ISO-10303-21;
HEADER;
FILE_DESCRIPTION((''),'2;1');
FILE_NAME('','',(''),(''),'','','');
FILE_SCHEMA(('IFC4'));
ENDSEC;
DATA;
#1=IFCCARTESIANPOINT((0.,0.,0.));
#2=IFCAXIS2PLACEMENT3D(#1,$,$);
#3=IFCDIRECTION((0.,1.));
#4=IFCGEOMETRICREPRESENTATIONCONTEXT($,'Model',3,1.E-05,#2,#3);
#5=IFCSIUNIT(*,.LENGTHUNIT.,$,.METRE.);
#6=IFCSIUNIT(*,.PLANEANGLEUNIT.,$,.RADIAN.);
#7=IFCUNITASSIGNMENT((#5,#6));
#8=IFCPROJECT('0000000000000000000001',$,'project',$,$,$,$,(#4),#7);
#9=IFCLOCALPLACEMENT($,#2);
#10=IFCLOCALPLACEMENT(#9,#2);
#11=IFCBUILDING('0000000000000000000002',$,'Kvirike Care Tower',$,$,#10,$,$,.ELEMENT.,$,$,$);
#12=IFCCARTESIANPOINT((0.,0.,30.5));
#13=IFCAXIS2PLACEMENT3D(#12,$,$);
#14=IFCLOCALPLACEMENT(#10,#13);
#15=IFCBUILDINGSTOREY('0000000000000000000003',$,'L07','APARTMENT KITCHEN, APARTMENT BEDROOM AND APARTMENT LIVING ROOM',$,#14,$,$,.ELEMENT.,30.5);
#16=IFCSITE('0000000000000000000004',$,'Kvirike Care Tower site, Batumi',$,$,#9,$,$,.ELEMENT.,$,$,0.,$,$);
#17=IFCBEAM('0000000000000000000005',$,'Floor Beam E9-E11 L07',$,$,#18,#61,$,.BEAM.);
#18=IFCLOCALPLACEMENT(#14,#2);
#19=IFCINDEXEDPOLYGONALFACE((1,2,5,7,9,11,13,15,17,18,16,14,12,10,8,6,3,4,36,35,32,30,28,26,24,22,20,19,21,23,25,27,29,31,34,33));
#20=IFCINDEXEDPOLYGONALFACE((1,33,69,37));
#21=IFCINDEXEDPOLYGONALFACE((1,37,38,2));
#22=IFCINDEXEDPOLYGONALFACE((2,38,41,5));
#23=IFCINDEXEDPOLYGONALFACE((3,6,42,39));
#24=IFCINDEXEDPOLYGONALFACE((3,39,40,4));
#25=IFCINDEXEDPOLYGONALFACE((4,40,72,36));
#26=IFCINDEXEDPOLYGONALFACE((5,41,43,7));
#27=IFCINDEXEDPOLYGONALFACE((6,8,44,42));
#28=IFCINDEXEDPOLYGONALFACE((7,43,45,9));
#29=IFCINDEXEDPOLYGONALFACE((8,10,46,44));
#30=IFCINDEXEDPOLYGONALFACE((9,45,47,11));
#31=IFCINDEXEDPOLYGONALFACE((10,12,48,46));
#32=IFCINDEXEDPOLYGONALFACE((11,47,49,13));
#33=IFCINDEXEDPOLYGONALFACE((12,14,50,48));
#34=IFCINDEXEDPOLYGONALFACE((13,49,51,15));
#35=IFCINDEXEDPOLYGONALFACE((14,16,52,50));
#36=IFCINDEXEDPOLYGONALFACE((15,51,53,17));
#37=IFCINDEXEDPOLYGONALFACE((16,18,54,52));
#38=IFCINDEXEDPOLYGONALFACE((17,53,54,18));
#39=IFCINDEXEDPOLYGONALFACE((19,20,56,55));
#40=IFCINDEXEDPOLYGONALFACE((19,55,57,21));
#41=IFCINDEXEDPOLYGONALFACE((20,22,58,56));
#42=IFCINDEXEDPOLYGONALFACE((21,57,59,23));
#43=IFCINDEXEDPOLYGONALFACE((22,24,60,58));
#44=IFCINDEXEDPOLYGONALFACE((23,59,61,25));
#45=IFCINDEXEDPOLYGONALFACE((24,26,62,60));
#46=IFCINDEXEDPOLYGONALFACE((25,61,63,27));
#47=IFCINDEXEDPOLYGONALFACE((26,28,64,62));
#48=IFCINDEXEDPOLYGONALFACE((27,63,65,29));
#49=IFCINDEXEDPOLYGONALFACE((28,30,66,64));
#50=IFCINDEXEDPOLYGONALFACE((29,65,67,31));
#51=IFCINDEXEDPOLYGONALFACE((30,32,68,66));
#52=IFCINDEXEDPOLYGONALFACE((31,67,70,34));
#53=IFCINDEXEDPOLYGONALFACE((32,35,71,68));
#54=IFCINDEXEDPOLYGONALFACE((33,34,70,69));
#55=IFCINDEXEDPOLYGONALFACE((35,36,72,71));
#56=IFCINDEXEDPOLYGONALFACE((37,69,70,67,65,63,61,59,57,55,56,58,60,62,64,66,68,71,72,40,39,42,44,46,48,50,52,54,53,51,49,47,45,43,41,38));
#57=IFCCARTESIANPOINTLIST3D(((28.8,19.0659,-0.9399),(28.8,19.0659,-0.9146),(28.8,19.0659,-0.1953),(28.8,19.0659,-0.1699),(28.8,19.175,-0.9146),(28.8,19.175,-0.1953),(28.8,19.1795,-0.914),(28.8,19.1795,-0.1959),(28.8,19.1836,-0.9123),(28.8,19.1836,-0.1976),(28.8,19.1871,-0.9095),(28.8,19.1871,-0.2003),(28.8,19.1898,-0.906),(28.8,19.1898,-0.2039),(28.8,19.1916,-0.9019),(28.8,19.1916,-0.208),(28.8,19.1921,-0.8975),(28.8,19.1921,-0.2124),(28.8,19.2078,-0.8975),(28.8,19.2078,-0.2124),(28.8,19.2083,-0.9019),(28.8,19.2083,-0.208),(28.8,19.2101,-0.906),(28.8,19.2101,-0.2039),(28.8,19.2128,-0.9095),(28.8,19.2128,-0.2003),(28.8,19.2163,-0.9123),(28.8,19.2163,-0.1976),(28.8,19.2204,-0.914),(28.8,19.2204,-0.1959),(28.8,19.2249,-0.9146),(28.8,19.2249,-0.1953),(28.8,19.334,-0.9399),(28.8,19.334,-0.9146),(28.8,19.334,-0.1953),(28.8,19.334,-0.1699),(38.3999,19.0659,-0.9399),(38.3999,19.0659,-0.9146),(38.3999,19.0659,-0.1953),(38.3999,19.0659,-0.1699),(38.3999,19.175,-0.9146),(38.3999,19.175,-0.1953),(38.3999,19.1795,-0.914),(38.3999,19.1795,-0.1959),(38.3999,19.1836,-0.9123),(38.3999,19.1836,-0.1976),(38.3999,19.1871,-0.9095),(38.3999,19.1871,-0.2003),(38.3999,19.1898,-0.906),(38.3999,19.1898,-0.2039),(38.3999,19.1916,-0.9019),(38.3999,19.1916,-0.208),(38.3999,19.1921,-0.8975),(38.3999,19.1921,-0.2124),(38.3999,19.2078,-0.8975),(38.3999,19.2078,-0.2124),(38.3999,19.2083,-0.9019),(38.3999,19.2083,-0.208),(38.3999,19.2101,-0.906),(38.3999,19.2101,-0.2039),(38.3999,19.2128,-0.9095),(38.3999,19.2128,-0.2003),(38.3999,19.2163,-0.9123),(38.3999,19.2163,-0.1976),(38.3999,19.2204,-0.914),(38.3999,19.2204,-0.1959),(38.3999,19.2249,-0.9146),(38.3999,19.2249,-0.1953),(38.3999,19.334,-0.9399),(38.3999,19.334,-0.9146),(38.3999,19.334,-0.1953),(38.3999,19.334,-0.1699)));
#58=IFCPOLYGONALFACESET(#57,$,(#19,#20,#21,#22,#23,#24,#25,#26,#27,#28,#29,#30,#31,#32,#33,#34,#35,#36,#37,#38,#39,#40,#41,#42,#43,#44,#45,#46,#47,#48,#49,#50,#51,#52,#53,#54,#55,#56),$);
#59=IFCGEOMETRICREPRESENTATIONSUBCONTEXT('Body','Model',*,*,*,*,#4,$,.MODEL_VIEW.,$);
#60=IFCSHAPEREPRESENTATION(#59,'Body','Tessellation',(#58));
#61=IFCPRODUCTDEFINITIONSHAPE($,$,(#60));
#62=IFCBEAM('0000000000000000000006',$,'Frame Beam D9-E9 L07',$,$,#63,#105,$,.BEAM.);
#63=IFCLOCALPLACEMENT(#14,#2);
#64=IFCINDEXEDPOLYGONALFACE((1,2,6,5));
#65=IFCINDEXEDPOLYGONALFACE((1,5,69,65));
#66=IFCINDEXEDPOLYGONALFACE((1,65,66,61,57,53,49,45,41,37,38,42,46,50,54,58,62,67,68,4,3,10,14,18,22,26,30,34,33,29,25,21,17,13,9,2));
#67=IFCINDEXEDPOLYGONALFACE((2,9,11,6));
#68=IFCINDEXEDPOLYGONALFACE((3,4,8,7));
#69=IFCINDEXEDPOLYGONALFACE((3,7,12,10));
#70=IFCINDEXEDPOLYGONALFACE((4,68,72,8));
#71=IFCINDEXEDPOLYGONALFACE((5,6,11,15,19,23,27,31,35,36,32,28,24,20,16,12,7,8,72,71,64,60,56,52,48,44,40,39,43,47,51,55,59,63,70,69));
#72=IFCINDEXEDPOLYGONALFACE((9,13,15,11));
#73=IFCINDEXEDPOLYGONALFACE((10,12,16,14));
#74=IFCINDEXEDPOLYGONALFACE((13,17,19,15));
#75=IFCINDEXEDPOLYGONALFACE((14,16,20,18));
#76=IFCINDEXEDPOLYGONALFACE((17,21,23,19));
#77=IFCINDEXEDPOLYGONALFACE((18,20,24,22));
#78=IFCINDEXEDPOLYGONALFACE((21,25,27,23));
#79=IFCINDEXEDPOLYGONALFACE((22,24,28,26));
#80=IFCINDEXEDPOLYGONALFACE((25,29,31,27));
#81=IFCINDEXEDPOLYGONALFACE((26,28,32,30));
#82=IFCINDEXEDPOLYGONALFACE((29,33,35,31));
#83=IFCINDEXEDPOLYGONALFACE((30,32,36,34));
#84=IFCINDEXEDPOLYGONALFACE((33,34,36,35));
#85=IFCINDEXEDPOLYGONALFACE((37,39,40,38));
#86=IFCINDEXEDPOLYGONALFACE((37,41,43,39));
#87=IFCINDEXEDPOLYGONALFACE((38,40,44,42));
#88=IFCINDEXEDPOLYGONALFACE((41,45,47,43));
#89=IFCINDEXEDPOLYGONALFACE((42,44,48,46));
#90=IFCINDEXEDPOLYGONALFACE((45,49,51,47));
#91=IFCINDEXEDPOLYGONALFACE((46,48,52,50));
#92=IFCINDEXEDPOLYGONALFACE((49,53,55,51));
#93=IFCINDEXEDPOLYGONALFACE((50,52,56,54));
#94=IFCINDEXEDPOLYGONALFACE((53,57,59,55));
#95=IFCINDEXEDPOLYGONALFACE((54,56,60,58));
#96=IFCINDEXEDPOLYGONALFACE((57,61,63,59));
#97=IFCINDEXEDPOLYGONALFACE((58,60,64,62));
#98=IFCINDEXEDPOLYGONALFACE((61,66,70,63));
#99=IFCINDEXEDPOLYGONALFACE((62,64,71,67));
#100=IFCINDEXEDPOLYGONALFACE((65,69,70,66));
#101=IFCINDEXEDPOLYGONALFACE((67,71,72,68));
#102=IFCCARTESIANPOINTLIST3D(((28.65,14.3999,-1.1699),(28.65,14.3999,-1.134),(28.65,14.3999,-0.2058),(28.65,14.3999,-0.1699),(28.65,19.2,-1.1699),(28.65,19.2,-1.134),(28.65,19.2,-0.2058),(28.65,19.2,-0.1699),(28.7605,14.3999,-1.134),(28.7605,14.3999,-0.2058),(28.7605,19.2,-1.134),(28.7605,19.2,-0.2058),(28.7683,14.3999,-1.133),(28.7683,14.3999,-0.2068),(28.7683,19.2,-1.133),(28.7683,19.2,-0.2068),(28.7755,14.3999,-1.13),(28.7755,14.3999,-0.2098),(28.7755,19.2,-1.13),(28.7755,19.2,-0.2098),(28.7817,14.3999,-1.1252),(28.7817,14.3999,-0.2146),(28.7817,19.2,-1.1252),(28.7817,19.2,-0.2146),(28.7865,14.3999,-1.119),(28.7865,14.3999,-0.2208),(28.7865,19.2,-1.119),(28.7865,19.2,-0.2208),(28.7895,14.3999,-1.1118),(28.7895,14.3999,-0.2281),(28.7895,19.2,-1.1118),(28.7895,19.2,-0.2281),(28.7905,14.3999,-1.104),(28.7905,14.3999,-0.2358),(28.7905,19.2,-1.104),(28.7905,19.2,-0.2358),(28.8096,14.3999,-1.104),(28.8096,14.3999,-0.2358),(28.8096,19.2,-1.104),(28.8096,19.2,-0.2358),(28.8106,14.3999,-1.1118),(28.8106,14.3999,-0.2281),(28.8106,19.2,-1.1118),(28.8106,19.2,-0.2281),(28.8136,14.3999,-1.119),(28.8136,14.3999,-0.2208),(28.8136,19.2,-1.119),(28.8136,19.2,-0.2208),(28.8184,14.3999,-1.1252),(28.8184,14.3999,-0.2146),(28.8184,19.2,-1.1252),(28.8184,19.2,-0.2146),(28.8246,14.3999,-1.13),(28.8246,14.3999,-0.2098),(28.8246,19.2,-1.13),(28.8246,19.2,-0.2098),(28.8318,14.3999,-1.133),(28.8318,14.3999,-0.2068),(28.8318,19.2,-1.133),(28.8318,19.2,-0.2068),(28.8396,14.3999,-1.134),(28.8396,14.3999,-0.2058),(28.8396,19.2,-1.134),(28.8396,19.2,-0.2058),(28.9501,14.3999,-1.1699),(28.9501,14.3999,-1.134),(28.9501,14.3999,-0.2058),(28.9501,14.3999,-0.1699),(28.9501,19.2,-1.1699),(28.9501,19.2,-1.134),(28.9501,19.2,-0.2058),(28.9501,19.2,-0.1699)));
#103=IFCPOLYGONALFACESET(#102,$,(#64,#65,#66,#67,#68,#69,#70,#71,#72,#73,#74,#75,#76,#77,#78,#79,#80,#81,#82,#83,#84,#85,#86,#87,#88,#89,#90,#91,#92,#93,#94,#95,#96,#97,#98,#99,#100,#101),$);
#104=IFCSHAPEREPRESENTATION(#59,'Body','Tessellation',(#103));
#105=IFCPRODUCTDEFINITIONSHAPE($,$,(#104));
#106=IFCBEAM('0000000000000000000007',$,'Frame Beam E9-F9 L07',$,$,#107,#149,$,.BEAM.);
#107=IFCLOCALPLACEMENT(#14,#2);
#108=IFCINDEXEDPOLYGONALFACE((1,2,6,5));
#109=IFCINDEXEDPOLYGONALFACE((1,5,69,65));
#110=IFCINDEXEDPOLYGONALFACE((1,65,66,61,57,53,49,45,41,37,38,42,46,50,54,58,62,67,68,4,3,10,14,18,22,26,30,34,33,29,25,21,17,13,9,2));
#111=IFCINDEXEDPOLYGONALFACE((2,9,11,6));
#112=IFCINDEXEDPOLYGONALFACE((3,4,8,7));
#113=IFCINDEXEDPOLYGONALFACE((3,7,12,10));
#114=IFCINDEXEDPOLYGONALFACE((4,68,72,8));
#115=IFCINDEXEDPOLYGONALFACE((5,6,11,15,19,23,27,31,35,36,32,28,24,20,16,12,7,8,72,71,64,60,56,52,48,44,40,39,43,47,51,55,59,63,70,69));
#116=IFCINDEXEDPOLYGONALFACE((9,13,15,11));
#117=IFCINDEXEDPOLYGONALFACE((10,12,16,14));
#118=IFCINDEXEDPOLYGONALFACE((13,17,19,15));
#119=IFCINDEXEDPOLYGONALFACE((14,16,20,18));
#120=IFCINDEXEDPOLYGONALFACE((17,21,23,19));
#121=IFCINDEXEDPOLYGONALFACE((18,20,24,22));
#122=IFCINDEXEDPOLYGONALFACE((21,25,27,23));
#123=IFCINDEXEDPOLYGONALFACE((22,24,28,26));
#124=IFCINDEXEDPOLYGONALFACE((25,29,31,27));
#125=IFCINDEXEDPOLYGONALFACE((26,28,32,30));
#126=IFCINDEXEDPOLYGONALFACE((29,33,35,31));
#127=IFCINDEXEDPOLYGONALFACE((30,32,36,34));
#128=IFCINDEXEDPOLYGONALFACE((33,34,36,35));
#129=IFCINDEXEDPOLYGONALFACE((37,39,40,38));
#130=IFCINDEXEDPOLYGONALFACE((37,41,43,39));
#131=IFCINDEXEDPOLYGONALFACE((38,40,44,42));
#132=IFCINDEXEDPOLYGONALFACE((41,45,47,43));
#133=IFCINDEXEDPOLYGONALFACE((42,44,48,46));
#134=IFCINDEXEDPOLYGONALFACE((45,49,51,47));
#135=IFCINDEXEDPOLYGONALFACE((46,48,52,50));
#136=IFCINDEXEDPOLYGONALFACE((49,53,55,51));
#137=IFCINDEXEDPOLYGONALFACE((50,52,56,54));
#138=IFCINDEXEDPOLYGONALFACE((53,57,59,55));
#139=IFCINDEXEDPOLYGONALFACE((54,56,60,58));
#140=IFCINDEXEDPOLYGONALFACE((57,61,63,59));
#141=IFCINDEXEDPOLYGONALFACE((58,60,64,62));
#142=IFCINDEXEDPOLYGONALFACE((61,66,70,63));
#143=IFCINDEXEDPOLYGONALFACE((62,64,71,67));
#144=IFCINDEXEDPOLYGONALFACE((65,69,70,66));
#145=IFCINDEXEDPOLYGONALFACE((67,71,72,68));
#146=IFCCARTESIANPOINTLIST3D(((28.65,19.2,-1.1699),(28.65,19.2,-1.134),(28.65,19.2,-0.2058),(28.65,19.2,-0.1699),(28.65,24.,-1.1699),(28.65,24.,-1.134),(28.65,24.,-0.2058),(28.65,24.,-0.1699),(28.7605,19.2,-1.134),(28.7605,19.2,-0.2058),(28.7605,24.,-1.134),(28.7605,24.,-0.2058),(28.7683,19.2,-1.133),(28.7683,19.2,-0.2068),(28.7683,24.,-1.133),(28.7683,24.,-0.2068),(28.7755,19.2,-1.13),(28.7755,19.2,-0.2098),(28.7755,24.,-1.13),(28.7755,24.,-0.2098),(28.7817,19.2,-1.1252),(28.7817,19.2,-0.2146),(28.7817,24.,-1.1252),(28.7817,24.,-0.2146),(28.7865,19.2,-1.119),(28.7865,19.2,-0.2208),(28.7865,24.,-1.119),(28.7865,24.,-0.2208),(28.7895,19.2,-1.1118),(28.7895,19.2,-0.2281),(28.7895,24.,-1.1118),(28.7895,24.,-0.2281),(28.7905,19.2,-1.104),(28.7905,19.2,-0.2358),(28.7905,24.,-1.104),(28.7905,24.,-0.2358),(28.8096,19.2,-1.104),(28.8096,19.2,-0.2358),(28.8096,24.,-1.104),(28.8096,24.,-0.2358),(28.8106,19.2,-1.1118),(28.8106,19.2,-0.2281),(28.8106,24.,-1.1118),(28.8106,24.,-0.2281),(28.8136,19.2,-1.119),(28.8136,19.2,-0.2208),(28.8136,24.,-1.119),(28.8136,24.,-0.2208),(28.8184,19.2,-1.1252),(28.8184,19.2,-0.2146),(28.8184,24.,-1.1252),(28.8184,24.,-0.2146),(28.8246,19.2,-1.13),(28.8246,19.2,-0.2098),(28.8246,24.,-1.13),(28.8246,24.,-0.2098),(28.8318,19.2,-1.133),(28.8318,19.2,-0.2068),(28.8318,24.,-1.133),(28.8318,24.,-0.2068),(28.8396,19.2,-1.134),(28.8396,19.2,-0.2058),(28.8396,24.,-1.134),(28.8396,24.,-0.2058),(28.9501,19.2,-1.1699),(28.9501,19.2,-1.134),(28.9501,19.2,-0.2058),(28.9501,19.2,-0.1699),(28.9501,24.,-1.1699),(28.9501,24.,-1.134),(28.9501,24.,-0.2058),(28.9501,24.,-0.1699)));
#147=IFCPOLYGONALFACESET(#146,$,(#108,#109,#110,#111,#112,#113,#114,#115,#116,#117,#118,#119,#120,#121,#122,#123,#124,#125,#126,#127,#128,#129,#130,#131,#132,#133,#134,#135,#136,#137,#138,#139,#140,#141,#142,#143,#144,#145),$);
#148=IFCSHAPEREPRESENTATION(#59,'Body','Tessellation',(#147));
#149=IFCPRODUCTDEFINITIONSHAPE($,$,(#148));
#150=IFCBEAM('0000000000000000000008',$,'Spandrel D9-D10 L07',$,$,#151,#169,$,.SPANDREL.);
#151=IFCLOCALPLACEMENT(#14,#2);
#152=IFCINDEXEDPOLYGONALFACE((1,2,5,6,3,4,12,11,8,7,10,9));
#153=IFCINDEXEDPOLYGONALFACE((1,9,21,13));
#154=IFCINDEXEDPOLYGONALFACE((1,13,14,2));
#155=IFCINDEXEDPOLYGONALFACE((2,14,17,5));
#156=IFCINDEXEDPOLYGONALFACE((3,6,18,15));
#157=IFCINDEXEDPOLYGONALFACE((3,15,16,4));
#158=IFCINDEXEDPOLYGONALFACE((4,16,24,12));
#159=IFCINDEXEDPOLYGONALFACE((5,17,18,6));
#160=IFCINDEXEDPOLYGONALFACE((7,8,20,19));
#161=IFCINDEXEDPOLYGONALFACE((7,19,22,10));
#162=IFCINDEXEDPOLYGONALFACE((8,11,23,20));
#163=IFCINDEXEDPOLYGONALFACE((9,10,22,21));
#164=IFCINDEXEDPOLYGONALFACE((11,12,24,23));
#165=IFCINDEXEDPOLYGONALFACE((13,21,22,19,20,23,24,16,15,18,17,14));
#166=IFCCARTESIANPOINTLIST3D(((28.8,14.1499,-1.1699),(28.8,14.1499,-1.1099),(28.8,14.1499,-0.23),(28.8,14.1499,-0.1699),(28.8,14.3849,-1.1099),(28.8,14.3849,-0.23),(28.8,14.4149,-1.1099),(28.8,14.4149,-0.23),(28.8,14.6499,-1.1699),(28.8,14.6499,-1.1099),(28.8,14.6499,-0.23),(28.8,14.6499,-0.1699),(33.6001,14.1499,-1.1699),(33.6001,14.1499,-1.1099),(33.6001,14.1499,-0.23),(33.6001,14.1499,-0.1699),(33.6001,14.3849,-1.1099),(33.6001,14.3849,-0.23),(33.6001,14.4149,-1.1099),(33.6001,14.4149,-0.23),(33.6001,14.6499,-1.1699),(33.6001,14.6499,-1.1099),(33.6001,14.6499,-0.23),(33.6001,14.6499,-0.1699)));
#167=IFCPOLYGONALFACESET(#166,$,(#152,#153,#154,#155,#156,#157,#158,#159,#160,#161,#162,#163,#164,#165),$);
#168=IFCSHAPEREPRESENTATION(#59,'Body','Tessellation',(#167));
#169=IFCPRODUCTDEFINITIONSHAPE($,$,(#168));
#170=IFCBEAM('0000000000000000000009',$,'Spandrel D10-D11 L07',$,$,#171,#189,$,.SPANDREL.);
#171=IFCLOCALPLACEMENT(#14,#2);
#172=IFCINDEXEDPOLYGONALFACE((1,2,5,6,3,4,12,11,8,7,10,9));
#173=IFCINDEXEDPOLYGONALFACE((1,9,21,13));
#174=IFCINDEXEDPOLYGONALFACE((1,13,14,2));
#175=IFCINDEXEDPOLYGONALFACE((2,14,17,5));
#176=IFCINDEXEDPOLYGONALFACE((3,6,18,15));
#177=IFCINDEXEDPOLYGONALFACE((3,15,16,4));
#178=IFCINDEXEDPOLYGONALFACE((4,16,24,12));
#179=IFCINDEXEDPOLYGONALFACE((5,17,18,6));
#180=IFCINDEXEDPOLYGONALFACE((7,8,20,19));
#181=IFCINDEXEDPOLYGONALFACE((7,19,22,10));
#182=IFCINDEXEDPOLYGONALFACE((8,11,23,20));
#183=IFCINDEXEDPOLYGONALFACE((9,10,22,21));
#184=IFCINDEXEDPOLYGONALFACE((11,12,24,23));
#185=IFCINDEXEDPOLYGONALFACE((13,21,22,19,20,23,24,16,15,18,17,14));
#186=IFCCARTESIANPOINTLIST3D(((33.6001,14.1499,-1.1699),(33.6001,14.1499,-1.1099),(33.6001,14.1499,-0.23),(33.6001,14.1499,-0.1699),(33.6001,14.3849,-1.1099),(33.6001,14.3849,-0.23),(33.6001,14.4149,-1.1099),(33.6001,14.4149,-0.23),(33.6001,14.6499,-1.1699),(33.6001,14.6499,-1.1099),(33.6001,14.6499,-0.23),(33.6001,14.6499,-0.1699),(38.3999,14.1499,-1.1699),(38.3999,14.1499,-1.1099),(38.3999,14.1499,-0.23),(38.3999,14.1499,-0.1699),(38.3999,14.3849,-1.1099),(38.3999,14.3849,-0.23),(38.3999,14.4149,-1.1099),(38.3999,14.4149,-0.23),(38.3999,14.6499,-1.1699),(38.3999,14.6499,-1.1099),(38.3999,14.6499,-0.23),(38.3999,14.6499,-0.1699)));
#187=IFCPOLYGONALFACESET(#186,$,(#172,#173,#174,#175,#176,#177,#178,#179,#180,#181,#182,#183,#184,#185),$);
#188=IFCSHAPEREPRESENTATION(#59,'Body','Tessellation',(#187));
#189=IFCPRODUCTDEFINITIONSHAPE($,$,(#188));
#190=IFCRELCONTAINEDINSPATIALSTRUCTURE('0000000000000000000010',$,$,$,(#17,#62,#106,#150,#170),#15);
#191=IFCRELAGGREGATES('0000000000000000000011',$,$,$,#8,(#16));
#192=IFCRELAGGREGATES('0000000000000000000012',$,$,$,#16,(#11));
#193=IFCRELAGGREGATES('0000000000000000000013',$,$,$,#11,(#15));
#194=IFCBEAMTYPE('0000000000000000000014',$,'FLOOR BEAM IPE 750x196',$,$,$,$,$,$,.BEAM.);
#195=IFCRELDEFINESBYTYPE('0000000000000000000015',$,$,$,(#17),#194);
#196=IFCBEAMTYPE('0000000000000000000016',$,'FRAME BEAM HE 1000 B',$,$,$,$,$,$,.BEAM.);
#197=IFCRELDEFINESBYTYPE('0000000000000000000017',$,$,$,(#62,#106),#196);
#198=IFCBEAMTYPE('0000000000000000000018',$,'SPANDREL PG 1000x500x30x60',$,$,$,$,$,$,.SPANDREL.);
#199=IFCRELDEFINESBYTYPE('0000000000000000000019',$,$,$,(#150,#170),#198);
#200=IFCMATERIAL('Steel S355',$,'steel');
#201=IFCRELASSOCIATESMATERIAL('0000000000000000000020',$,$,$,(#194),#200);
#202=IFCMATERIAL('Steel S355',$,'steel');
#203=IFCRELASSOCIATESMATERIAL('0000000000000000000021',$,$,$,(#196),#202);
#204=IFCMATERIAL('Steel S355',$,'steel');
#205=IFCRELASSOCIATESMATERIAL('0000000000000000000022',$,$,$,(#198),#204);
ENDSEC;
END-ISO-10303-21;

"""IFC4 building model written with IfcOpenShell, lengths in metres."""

from ifc_helpers import new_model, si_unit, direction, frame, origin, origin_2d, place, context, subcontext, project, spatial, i_section, extrude, material, material_profile, profile_set, type_object, element, save


model = new_model("IFC4")

# Units and contexts
model_context = context("Model", 3, precision=1e-05, world=origin(), true_north=direction((0.0, 1.0)))
body_context = subcontext(model_context, "Body", "Model", "MODEL_VIEW")
ifc_project = project(units=[si_unit("LENGTHUNIT", "METRE"), si_unit("PLANEANGLEUNIT", "RADIAN")], contexts=[model_context])

# Site, building, storey
site_placement = place(None, origin())
site = spatial("IfcSite", under=ifc_project, at=site_placement, Name="Kvirike Care Tower site, Batumi", CompositionType="ELEMENT", RefElevation=0.0)
building_placement = place(site_placement, origin())
building = spatial("IfcBuilding", under=site, at=building_placement, Name="Kvirike Care Tower", CompositionType="ELEMENT")
storey_placement = place(building_placement, frame((0.0, 0.0, 30.5)))
storey = spatial("IfcBuildingStorey", under=building, at=storey_placement, Name="L07", Description="APARTMENT KITCHEN, APARTMENT BEDROOM AND APARTMENT LIVING ROOM", CompositionType="ELEMENT", Elevation=30.5)

# Beams
ifc_material_1 = material(Name="Steel S355", Category="steel")
ifc_material_profile_1 = material_profile(ifc_material_1, i_section(OverallWidth=0.2681, OverallDepth=0.77, WebThickness=0.0156, FlangeThickness=0.0254, FilletRadius=0.0171, at=origin_2d()), Name="IPE 750x196")
ifc_profile_set_1 = profile_set([ifc_material_profile_1], Name="Steel S355")
beam_type_1 = type_object("IfcBeamType", Name="FLOOR BEAM IPE 750x196", PredefinedType="BEAM", material=ifc_profile_set_1)
beam_1_placement = place(storey_placement, frame((28.8, 19.2, -0.5549), z_axis=(1.0, 0.0, 0.0), x_axis=(0.0, 1.0, 0.0)))
element("IfcBeam", 1, at=beam_1_placement, inside=storey, type_object=beam_type_1, Name="Floor Beam E9-E11 L07", PredefinedType="BEAM", context=body_context, shape_type="SweptSolid", body=[
    extrude(i_section(OverallWidth=0.2681, OverallDepth=0.77, WebThickness=0.0156, FlangeThickness=0.0254, FilletRadius=0.0171, at=origin_2d()), origin(), (0.0, 0.0, 1.0), 9.5999),
])
ifc_material_2 = material(Name="Steel S355", Category="steel")
ifc_material_profile_2 = material_profile(ifc_material_2, i_section(OverallWidth=0.3, OverallDepth=1.0, WebThickness=0.019, FlangeThickness=0.0359, FilletRadius=0.03, at=origin_2d()), Name="HE 1000 B")
ifc_profile_set_2 = profile_set([ifc_material_profile_2], Name="Steel S355")
beam_type_2 = type_object("IfcBeamType", Name="FRAME BEAM HE 1000 B", PredefinedType="BEAM", material=ifc_profile_set_2)
for number, where, z_axis, x_axis, name in (
    (2, (28.8, 14.3999, -0.6699), (0.0, 1.0, 0.0), (-1.0, 0.0, 0.0), "Frame Beam D9-E9 L07"),
    (3, (28.8, 19.2, -0.6699), (0.0, 1.0, 0.0), (-1.0, 0.0, 0.0), "Frame Beam E9-F9 L07"),
):
    element("IfcBeam", number, at=place(storey_placement, frame(where, z_axis=z_axis, x_axis=x_axis)), inside=storey, type_object=beam_type_2, Name=name, PredefinedType="BEAM", context=body_context, shape_type="SweptSolid", body=[
        extrude(i_section(OverallWidth=0.3, OverallDepth=1.0, WebThickness=0.019, FlangeThickness=0.0359, FilletRadius=0.03, at=origin_2d()), origin(), (0.0, 0.0, 1.0), 4.8),
    ])
ifc_material_3 = material(Name="Steel S355", Category="steel")
ifc_material_profile_3 = material_profile(ifc_material_3, i_section(OverallWidth=0.5, OverallDepth=1.0, WebThickness=0.03, FlangeThickness=0.0601, at=origin_2d()), Name="PG 1000x500x30x60")
ifc_profile_set_3 = profile_set([ifc_material_profile_3], Name="Steel S355")
beam_type_3 = type_object("IfcBeamType", Name="SPANDREL PG 1000x500x30x60", PredefinedType="SPANDREL", material=ifc_profile_set_3)
beam_2_placement = place(storey_placement, frame((28.8, 14.3999, -0.6699), z_axis=(1.0, 0.0, 0.0), x_axis=(0.0, 1.0, 0.0)))
element("IfcBeam", 4, at=beam_2_placement, inside=storey, type_object=beam_type_3, Name="Spandrel D9-D10 L07", PredefinedType="SPANDREL", context=body_context, shape_type="SweptSolid", body=[
    extrude(i_section(OverallWidth=0.5, OverallDepth=1.0, WebThickness=0.03, FlangeThickness=0.0601, at=origin_2d()), origin(), (0.0, 0.0, 1.0), 4.8),
])
beam_3_placement = place(storey_placement, frame((33.6001, 14.3999, -0.6699), z_axis=(1.0, 0.0, 0.0), x_axis=(0.0, 1.0, 0.0)))
element("IfcBeam", 5, at=beam_3_placement, inside=storey, type_object=beam_type_3, Name="Spandrel D10-D11 L07", PredefinedType="SPANDREL", context=body_context, shape_type="SweptSolid", body=[
    extrude(i_section(OverallWidth=0.5, OverallDepth=1.0, WebThickness=0.03, FlangeThickness=0.0601, at=origin_2d()), origin(), (0.0, 0.0, 1.0), 4.7998),
])

save(model, "model.ifc")
